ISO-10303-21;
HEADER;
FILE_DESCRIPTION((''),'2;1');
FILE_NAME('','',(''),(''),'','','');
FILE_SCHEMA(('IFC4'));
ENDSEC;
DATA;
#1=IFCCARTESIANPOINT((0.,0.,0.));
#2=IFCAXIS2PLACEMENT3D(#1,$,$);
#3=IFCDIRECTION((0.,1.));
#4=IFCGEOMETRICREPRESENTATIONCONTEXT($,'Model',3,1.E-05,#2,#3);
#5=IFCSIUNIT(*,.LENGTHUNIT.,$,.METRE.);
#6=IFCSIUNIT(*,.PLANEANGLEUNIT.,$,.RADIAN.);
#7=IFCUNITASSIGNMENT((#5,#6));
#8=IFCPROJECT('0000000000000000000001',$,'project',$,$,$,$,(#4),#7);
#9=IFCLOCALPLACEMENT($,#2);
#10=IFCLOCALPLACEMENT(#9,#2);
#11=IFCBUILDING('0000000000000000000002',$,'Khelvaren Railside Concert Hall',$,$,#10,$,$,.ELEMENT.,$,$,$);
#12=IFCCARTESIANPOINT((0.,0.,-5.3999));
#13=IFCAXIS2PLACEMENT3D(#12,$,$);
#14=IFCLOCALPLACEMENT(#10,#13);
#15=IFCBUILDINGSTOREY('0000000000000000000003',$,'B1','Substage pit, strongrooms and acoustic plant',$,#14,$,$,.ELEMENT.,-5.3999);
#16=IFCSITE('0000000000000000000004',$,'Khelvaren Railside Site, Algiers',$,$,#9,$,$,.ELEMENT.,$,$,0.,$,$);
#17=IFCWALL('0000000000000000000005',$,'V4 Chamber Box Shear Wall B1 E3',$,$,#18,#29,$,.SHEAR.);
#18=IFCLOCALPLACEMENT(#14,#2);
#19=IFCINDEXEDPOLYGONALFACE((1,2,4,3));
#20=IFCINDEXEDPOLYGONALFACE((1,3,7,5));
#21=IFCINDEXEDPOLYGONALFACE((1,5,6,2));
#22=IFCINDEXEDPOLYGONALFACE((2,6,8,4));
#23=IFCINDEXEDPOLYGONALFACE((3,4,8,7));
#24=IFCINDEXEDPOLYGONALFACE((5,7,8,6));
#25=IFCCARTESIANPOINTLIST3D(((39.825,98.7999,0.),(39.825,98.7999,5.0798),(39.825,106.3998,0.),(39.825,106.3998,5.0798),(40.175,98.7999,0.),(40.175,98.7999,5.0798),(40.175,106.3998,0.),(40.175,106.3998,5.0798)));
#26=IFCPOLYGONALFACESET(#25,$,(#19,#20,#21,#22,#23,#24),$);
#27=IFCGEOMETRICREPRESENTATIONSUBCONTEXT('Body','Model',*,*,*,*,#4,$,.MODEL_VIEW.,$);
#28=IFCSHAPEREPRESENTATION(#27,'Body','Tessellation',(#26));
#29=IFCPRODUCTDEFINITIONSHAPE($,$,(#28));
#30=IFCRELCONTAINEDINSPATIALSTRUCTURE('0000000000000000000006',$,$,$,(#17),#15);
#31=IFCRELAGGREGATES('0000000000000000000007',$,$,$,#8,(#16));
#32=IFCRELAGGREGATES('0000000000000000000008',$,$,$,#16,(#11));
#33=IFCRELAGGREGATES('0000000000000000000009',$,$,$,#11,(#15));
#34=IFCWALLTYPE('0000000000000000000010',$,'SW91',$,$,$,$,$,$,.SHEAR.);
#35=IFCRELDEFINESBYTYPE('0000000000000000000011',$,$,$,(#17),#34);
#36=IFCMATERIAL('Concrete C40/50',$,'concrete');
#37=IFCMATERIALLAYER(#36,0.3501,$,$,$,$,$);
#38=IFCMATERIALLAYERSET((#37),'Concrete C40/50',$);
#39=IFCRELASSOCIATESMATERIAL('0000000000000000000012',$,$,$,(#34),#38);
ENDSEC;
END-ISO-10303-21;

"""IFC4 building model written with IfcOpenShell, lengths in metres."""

from ifc_helpers import new_model, si_unit, direction, frame, frame_2d, origin, place, context, subcontext, project, spatial, rectangle, extrude, material, layer, layer_set, type_object, element, save


model = new_model("IFC4")

# Units and contexts
model_context = context("Model", 3, precision=1e-05, world=origin(), true_north=direction((0.0, 1.0)))
body_context = subcontext(model_context, "Body", "Model", "MODEL_VIEW")
ifc_project = project(units=[si_unit("LENGTHUNIT", "METRE"), si_unit("PLANEANGLEUNIT", "RADIAN")], contexts=[model_context])

# Site, building, storey
site_placement = place(None, origin())
site = spatial("IfcSite", under=ifc_project, at=site_placement, Name="Khelvaren Railside Site, Algiers", CompositionType="ELEMENT", RefElevation=0.0)
building_placement = place(site_placement, origin())
building = spatial("IfcBuilding", under=site, at=building_placement, Name="Khelvaren Railside Concert Hall", CompositionType="ELEMENT")
storey_placement = place(building_placement, frame((0.0, 0.0, -5.3999)))
storey = spatial("IfcBuildingStorey", under=building, at=storey_placement, Name="B1", Description="Substage pit, strongrooms and acoustic plant", CompositionType="ELEMENT", Elevation=-5.3999)

# Shared definitions
ifc_material_1 = material(Name="Concrete C40/50", Category="concrete")
ifc_layer_1 = layer(ifc_material_1, 0.3501)
ifc_layer_set_1 = layer_set([ifc_layer_1], Name="Concrete C40/50")
wall_type_1 = type_object("IfcWallType", Name="SW91", PredefinedType="SHEAR", material=ifc_layer_set_1)

# Wall
wall_1_placement = place(storey_placement, frame((40.0, 98.8, 0.0), z_axis=(0.0, 0.0, 1.0), x_axis=(0.0, 1.0, 0.0)))
element("IfcWall", 1, at=wall_1_placement, inside=storey, type_object=wall_type_1, Name="V4 Chamber Box Shear Wall B1 E3", PredefinedType="SHEAR", context=body_context, shape_type="SweptSolid", body=[
    extrude(rectangle(XDim=7.5999, YDim=0.3501, at=frame_2d((3.7998, 0.0))), origin(), (0.0, 0.0, 1.0), 5.0798),
])

save(model, "model.ifc")
